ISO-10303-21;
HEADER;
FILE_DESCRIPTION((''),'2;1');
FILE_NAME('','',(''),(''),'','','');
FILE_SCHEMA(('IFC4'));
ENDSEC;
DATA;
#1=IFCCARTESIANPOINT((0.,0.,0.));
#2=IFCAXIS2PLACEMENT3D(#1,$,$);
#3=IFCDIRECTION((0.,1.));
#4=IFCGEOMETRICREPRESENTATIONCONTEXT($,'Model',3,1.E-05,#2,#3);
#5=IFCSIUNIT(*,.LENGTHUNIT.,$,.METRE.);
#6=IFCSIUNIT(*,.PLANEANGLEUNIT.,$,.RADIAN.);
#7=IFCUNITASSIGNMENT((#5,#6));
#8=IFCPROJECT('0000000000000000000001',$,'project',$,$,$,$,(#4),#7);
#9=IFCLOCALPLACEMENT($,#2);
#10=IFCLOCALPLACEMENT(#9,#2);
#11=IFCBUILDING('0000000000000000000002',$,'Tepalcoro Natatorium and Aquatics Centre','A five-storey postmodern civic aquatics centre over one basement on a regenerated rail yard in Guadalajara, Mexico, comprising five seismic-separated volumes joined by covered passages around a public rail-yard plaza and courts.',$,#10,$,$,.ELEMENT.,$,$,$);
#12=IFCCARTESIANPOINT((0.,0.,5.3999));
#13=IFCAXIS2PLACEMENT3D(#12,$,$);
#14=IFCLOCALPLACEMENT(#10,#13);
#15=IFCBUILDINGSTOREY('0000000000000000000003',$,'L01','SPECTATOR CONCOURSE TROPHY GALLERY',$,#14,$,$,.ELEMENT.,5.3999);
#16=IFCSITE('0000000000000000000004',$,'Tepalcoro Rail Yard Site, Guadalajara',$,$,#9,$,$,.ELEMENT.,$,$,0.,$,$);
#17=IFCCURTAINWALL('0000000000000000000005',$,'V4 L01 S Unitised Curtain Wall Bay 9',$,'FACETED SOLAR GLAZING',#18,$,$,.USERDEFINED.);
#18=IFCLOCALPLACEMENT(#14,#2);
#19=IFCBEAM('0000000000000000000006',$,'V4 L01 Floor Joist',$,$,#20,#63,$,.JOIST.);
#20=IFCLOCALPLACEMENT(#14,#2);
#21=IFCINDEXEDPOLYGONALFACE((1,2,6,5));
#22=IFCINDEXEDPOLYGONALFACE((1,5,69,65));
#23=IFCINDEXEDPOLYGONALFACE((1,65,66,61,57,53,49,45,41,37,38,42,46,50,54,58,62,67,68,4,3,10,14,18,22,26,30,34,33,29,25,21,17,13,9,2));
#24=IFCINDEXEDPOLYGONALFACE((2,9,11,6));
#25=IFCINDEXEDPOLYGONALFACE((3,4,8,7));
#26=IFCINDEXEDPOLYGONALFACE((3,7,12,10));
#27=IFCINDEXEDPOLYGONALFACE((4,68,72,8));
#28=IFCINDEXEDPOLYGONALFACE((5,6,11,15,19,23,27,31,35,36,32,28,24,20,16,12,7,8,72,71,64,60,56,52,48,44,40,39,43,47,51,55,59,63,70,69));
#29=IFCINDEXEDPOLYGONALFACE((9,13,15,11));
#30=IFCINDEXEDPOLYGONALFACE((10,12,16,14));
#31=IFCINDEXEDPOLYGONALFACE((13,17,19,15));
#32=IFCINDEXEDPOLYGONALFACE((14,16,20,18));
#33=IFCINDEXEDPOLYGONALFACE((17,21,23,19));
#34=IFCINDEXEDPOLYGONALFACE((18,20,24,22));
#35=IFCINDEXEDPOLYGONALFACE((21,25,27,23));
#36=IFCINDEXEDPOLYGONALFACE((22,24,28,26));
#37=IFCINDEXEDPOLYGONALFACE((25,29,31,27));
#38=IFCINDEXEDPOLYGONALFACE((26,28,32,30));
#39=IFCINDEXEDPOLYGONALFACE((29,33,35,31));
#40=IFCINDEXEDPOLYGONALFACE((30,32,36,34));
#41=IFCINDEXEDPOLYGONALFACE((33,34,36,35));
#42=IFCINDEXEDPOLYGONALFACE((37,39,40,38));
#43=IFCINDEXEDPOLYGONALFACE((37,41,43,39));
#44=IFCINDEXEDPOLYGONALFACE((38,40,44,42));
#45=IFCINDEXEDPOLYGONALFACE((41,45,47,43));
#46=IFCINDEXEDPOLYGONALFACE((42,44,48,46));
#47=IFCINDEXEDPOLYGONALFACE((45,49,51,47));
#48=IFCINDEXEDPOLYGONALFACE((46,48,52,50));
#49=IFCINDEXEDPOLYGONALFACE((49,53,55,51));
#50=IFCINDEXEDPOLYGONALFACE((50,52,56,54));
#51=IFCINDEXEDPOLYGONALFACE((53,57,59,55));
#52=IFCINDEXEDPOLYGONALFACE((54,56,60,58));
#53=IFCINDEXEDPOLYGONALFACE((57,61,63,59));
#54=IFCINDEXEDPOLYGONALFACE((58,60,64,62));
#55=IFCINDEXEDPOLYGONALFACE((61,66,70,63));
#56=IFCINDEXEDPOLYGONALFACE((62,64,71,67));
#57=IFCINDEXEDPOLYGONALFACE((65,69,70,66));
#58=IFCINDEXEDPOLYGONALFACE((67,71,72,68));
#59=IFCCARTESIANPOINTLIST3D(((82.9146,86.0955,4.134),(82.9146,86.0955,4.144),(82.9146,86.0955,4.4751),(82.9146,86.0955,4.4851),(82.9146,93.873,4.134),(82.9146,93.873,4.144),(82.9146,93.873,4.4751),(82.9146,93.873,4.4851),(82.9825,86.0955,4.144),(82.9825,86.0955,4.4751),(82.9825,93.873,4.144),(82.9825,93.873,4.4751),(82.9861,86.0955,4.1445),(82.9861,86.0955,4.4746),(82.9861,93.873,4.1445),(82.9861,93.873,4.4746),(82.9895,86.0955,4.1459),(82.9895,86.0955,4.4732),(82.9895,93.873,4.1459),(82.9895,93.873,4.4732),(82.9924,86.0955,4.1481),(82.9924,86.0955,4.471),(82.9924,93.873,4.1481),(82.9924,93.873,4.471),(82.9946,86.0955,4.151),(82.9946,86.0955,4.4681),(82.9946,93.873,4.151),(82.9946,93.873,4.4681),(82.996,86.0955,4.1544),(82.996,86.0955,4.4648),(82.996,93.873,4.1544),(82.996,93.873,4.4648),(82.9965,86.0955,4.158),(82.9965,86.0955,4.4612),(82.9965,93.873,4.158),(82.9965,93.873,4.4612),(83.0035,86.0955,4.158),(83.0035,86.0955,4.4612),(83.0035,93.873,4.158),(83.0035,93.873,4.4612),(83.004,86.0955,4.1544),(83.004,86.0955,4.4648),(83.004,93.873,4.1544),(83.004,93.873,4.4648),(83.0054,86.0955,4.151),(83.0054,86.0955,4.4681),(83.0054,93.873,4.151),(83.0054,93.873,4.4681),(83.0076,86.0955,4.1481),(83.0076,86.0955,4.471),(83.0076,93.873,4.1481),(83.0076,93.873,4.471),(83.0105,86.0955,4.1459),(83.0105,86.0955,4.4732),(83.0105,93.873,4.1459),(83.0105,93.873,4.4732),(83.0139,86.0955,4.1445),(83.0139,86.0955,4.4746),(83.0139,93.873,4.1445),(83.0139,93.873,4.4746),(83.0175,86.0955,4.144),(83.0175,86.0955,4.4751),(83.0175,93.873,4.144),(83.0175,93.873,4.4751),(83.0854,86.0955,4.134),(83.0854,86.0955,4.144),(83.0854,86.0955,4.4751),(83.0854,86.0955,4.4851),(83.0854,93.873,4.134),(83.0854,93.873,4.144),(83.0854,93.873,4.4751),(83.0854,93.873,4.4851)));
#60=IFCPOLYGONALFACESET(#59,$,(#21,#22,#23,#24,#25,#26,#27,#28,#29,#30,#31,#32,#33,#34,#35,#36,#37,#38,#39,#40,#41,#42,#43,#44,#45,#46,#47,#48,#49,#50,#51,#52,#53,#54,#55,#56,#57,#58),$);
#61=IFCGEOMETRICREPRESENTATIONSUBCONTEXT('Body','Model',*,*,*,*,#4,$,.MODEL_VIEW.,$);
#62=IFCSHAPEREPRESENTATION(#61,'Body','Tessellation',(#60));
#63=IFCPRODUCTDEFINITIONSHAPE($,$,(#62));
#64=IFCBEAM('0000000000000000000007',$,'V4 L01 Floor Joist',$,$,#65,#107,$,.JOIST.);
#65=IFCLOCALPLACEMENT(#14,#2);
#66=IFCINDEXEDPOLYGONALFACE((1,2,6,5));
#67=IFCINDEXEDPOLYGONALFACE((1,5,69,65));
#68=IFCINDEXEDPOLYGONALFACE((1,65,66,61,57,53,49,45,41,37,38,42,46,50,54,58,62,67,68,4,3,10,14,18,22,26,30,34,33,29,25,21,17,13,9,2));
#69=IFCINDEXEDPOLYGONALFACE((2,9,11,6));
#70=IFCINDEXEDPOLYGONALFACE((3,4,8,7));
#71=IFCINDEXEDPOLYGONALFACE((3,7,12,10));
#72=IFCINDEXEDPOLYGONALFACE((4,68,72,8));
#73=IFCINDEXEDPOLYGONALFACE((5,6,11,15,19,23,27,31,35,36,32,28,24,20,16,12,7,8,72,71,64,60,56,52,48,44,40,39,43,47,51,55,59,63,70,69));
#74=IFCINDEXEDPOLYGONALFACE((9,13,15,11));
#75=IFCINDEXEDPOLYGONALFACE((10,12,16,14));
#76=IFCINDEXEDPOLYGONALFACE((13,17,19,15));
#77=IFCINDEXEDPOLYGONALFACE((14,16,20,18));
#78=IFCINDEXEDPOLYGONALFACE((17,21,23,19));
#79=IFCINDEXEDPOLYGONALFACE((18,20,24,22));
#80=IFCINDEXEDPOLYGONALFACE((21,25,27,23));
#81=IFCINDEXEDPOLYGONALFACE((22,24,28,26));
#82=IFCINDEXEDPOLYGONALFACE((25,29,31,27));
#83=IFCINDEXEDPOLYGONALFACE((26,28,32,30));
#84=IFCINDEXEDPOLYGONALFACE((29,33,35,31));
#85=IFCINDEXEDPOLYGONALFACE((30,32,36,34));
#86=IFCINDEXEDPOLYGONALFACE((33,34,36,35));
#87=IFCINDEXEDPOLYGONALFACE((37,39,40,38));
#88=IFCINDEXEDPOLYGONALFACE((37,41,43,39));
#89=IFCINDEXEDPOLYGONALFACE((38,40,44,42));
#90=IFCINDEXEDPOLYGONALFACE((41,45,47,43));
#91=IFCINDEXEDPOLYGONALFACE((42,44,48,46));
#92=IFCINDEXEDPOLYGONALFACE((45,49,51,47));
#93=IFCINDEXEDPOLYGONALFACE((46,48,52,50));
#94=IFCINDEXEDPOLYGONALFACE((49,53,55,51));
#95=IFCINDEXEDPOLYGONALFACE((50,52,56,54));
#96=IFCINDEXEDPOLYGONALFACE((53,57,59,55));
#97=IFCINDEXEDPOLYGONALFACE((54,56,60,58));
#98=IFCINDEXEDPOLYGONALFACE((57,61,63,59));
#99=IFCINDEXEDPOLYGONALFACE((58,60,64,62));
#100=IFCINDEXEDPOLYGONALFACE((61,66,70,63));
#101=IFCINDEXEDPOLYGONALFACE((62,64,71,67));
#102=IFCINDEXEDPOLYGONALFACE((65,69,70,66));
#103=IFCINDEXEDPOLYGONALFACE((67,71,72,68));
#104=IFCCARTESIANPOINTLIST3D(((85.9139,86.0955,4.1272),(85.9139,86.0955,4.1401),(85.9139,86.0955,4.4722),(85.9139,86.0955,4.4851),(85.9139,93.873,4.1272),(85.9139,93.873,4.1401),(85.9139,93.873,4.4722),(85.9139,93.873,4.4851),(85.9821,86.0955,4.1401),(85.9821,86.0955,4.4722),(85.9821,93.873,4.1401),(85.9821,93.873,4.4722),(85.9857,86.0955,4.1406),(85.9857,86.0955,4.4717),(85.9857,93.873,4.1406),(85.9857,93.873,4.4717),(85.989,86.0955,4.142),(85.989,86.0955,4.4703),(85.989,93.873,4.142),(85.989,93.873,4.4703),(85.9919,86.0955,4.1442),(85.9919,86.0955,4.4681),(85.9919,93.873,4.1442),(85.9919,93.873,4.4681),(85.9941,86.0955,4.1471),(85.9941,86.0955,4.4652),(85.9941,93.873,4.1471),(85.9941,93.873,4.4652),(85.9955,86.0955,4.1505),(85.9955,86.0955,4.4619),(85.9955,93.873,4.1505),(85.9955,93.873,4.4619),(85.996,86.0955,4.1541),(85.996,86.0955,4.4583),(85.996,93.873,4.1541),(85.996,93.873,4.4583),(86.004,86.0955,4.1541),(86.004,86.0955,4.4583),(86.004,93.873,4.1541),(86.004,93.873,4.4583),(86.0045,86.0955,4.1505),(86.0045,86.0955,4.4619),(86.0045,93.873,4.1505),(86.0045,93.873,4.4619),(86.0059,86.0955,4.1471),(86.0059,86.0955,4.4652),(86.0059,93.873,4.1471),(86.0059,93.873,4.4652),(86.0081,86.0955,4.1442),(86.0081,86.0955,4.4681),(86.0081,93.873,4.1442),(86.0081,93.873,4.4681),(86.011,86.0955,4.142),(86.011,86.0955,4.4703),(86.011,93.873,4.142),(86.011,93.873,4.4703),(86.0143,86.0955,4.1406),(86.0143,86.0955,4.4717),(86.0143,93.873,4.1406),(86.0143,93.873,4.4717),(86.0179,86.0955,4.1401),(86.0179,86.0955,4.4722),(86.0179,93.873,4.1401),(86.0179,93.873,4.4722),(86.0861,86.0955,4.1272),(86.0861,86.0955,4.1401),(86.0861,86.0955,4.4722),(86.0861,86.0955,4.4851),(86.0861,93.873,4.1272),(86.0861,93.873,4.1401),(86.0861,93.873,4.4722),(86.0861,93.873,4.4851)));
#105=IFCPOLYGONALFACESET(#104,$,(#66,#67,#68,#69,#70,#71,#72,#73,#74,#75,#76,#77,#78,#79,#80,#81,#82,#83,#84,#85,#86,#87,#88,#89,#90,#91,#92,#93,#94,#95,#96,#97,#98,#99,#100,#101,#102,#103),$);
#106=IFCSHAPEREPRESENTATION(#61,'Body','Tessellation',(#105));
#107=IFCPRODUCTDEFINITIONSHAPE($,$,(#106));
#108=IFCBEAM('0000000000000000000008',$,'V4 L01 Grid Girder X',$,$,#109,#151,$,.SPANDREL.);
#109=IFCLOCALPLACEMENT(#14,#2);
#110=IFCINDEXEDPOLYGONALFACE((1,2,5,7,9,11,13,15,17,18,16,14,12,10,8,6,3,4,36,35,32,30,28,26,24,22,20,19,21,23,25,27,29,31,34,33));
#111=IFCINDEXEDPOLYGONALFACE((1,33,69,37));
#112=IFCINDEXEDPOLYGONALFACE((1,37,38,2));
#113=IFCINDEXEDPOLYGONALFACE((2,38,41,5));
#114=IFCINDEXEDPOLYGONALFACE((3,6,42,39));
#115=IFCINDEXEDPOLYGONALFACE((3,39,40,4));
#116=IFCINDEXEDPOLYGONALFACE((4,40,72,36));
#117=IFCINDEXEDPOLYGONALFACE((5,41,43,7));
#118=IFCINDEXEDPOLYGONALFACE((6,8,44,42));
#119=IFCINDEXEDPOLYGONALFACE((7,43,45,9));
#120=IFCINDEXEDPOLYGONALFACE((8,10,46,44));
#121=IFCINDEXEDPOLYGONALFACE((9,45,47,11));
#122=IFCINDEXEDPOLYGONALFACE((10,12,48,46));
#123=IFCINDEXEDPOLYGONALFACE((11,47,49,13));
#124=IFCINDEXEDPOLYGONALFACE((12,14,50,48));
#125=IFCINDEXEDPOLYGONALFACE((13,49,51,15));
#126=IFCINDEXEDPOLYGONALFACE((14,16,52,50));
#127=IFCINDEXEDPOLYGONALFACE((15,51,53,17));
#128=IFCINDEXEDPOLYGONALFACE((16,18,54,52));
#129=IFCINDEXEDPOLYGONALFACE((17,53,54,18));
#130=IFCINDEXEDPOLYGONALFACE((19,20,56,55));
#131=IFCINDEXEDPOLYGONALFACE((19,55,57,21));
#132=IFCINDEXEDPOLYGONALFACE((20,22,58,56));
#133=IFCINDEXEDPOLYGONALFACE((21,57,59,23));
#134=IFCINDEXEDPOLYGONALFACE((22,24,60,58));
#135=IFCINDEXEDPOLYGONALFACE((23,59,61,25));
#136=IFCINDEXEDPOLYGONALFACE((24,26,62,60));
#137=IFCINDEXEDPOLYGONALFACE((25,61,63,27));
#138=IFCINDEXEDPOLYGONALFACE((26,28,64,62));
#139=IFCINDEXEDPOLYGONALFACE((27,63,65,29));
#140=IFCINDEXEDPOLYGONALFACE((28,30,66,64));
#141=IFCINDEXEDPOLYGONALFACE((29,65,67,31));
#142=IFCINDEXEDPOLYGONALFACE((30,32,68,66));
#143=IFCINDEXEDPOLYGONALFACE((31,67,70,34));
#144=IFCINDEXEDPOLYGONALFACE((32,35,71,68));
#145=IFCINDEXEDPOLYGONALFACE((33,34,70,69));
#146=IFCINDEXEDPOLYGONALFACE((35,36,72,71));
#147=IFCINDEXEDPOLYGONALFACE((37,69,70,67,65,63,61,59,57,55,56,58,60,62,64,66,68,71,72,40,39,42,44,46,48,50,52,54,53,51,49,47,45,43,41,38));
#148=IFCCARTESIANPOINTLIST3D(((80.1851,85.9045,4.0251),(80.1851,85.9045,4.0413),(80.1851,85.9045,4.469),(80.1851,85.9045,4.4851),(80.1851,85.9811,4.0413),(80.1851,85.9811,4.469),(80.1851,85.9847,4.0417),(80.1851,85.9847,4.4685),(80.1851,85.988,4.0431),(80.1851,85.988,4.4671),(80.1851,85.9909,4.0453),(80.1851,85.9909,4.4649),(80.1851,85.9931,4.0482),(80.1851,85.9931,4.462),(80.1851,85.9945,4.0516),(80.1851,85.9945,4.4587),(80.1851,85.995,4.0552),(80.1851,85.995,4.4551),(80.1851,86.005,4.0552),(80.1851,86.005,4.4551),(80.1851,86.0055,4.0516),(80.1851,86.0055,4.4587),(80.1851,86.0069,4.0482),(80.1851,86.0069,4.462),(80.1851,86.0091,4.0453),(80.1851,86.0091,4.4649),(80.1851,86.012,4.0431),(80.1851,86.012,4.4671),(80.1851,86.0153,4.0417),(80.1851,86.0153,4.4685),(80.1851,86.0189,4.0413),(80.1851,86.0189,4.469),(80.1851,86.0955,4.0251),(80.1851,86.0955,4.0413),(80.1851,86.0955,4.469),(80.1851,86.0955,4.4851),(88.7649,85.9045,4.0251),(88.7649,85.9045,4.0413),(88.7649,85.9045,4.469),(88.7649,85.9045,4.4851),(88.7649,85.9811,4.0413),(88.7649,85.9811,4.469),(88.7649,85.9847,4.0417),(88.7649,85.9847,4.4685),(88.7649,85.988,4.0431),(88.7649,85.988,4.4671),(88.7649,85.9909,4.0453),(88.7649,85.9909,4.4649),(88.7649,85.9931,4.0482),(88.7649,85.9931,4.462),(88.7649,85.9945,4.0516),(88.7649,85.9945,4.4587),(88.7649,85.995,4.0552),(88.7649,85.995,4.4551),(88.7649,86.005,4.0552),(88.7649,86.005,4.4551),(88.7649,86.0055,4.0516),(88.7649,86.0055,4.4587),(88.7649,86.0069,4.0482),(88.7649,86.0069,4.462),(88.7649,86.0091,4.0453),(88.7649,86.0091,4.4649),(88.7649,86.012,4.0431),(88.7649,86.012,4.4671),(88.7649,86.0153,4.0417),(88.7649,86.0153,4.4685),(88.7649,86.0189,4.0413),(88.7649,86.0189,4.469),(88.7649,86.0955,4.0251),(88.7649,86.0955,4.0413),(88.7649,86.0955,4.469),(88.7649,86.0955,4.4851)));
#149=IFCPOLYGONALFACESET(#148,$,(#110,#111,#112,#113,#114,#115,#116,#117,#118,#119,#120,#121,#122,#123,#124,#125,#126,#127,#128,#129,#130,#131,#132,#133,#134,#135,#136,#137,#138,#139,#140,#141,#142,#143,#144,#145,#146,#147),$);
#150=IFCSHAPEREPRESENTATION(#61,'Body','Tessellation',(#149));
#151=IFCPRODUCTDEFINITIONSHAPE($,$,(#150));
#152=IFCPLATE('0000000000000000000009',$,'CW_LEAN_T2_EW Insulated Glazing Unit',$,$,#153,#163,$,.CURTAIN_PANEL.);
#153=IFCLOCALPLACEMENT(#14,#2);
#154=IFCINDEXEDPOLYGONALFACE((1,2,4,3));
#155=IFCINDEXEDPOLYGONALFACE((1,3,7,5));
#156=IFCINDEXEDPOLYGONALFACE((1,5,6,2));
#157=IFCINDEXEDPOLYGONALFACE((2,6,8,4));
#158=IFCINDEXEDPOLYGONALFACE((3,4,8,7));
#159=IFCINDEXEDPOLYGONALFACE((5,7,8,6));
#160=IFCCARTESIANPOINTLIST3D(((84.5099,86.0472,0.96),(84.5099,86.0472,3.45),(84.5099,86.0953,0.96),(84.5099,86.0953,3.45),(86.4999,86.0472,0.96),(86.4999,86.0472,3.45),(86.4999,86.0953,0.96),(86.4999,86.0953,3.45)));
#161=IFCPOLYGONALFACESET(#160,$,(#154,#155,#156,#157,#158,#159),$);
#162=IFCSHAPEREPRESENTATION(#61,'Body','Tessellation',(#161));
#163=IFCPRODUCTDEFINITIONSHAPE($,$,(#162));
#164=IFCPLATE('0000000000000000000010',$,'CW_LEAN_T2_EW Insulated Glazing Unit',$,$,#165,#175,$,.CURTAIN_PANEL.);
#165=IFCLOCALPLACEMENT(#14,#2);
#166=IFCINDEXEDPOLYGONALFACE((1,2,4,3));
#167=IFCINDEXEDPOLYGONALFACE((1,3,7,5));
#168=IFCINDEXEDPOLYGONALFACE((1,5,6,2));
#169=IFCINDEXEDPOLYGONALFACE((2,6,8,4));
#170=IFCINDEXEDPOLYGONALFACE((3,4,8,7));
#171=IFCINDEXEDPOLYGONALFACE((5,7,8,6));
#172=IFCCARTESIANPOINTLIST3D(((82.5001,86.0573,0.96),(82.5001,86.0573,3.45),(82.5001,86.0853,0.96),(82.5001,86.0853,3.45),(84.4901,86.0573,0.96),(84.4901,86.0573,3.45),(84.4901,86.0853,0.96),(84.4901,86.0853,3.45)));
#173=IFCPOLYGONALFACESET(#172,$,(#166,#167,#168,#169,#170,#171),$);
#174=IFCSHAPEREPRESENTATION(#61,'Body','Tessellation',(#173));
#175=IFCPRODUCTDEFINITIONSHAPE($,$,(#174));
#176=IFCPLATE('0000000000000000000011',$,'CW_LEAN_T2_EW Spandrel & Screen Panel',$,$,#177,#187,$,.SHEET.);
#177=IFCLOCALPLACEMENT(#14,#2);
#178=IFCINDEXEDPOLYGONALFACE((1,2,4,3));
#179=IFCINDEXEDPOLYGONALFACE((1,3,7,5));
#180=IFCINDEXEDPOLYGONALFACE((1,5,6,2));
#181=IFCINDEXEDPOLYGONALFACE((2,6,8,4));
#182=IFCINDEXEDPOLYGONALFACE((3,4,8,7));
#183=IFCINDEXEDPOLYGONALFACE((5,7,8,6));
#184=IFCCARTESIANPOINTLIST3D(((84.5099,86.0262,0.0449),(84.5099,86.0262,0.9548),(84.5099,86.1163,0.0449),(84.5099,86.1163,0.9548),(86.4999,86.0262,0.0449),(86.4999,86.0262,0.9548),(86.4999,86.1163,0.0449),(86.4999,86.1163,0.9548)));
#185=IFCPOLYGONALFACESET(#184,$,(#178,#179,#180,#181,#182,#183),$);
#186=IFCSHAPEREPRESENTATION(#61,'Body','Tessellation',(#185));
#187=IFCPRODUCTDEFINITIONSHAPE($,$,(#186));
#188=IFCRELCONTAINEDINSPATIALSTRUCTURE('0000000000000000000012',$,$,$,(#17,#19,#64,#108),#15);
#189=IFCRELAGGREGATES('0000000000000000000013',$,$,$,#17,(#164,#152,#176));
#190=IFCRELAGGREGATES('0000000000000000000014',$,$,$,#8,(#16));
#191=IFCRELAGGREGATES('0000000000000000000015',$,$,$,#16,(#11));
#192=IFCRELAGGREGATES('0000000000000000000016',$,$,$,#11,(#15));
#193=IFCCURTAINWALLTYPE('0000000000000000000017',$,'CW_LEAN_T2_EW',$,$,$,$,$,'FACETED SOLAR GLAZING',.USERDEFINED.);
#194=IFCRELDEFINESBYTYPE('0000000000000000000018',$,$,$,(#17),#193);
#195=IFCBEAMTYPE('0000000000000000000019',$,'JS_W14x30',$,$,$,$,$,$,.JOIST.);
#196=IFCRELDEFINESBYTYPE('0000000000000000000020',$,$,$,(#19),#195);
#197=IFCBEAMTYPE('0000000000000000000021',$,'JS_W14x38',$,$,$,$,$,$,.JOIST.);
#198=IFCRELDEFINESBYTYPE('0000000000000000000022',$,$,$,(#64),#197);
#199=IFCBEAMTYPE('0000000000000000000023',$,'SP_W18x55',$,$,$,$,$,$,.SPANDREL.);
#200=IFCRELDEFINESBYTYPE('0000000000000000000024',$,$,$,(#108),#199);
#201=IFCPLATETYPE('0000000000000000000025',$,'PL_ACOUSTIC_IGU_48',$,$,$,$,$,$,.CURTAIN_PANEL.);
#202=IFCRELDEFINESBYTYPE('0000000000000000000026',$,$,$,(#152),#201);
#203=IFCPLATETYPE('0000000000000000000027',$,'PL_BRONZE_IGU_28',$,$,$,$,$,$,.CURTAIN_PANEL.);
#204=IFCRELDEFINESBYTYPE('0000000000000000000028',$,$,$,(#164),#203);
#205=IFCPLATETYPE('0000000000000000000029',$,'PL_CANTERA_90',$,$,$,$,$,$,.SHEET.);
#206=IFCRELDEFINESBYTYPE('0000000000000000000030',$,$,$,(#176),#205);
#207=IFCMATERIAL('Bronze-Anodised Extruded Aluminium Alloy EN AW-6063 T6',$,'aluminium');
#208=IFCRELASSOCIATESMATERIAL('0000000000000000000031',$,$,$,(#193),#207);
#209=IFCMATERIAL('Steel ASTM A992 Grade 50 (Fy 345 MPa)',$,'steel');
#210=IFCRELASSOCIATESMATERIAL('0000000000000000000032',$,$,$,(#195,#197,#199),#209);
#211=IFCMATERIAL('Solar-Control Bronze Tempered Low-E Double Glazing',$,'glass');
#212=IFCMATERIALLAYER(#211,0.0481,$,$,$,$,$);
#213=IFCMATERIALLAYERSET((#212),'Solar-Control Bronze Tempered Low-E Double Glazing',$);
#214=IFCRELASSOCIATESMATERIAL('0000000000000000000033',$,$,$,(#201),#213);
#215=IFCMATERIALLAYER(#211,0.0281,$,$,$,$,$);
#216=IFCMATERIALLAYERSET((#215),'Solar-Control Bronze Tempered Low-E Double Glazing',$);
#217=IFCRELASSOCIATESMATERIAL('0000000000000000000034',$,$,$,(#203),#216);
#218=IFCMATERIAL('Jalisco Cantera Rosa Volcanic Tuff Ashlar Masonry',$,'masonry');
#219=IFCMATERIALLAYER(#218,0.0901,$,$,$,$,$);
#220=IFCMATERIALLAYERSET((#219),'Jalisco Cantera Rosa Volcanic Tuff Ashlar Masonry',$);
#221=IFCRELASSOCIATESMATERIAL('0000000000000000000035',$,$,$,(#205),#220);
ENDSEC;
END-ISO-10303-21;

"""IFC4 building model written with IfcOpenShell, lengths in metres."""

from ifc_helpers import new_model, si_unit, direction, frame, origin, origin_2d, place, context, subcontext, project, spatial, rectangle, i_section, extrude, material, layer, layer_set, material_profile, profile_set, type_object, element, aggregate, save


model = new_model("IFC4")

# Units and contexts
model_context = context("Model", 3, precision=1e-05, world=origin(), true_north=direction((0.0, 1.0)))
body_context = subcontext(model_context, "Body", "Model", "MODEL_VIEW")
ifc_project = project(units=[si_unit("LENGTHUNIT", "METRE"), si_unit("PLANEANGLEUNIT", "RADIAN")], contexts=[model_context])

# Site, building, storey
site_placement = place(None, origin())
site = spatial("IfcSite", under=ifc_project, at=site_placement, Name="Tepalcoro Rail Yard Site, Guadalajara", CompositionType="ELEMENT", RefElevation=0.0)
building_placement = place(site_placement, origin())
building = spatial("IfcBuilding", under=site, at=building_placement, Name="Tepalcoro Natatorium and Aquatics Centre", Description="A five-storey postmodern civic aquatics centre over one basement on a regenerated rail yard in Guadalajara, Mexico, comprising five seismic-separated volumes joined by covered passages around a public rail-yard plaza and courts.", CompositionType="ELEMENT")
storey_placement = place(building_placement, frame((0.0, 0.0, 5.3999)))
storey = spatial("IfcBuildingStorey", under=building, at=storey_placement, Name="L01", Description="SPECTATOR CONCOURSE TROPHY GALLERY", CompositionType="ELEMENT", Elevation=5.3999)

# Curtain wall
ifc_material_1 = material(Name="Bronze-Anodised Extruded Aluminium Alloy EN AW-6063 T6", Category="aluminium")
curtain_wall_type = type_object("IfcCurtainWallType", Name="CW_LEAN_T2_EW", ElementType="FACETED SOLAR GLAZING", PredefinedType="USERDEFINED", material=ifc_material_1)
curtain_wall_placement = place(storey_placement, origin())
curtain_wall = element("IfcCurtainWall", 1, at=curtain_wall_placement, inside=storey, type_object=curtain_wall_type, Name="V4 L01 S Unitised Curtain Wall Bay 9", ObjectType="FACETED SOLAR GLAZING", PredefinedType="USERDEFINED")

# Beams
ifc_material_2 = material(Name="Steel ASTM A992 Grade 50 (Fy 345 MPa)", Category="steel")
ifc_material_profile_1 = material_profile(ifc_material_2, i_section(OverallWidth=0.1709, OverallDepth=0.3511, WebThickness=0.0071, FlangeThickness=0.01, FilletRadius=0.0139, at=origin_2d()), Name="W14X30")
ifc_profile_set_1 = profile_set([ifc_material_profile_1], Name="Steel ASTM A992 Grade 50 (Fy 345 MPa)")
beam_type_1 = type_object("IfcBeamType", Name="JS_W14x30", PredefinedType="JOIST", material=ifc_profile_set_1)
beam_1_placement = place(storey_placement, frame((83.0, 86.0955, 4.3096), z_axis=(0.0, 1.0, 0.0), x_axis=(-1.0, 0.0, 0.0)))
element("IfcBeam", 2, at=beam_1_placement, inside=storey, type_object=beam_type_1, Name="V4 L01 Floor Joist", PredefinedType="JOIST", context=body_context, shape_type="SweptSolid", body=[
    extrude(i_section(OverallWidth=0.1709, OverallDepth=0.3511, WebThickness=0.0071, FlangeThickness=0.01, FilletRadius=0.0139, at=origin_2d()), origin(), (0.0, 0.0, 1.0), 7.7776),
])
ifc_material_profile_2 = material_profile(ifc_material_2, i_section(OverallWidth=0.1721, OverallDepth=0.3579, WebThickness=0.0081, FlangeThickness=0.0129, FilletRadius=0.0139, at=origin_2d()), Name="W14X38")
ifc_profile_set_2 = profile_set([ifc_material_profile_2], Name="Steel ASTM A992 Grade 50 (Fy 345 MPa)")
beam_type_2 = type_object("IfcBeamType", Name="JS_W14x38", PredefinedType="JOIST", material=ifc_profile_set_2)
beam_2_placement = place(storey_placement, frame((86.0, 86.0955, 4.3062), z_axis=(0.0, 1.0, 0.0), x_axis=(-1.0, 0.0, 0.0)))
element("IfcBeam", 3, at=beam_2_placement, inside=storey, type_object=beam_type_2, Name="V4 L01 Floor Joist", PredefinedType="JOIST", context=body_context, shape_type="SweptSolid", body=[
    extrude(i_section(OverallWidth=0.1721, OverallDepth=0.3579, WebThickness=0.0081, FlangeThickness=0.0129, FilletRadius=0.0139, at=origin_2d()), origin(), (0.0, 0.0, 1.0), 7.7776),
])
ifc_material_profile_3 = material_profile(ifc_material_2, i_section(OverallWidth=0.1909, OverallDepth=0.46, WebThickness=0.01, FlangeThickness=0.0161, FilletRadius=0.0139, at=origin_2d()), Name="W18X55")
ifc_profile_set_3 = profile_set([ifc_material_profile_3], Name="Steel ASTM A992 Grade 50 (Fy 345 MPa)")
beam_type_3 = type_object("IfcBeamType", Name="SP_W18x55", PredefinedType="SPANDREL", material=ifc_profile_set_3)
beam_3_placement = place(storey_placement, frame((80.1851, 86.0, 4.2551), z_axis=(1.0, 0.0, 0.0), x_axis=(0.0, 1.0, 0.0)))
element("IfcBeam", 4, at=beam_3_placement, inside=storey, type_object=beam_type_3, Name="V4 L01 Grid Girder X", PredefinedType="SPANDREL", context=body_context, shape_type="SweptSolid", body=[
    extrude(i_section(OverallWidth=0.1909, OverallDepth=0.46, WebThickness=0.01, FlangeThickness=0.0161, FilletRadius=0.0139, at=origin_2d()), origin(), (0.0, 0.0, 1.0), 8.5798),
])

# Plates
ifc_material_3 = material(Name="Solar-Control Bronze Tempered Low-E Double Glazing", Category="glass")
ifc_layer_1 = layer(ifc_material_3, 0.0481)
ifc_layer_set_1 = layer_set([ifc_layer_1], Name="Solar-Control Bronze Tempered Low-E Double Glazing")
plate_type_1 = type_object("IfcPlateType", Name="PL_ACOUSTIC_IGU_48", PredefinedType="CURTAIN_PANEL", material=ifc_layer_set_1)
plate_1_placement = place(storey_placement, frame((85.5049, 86.0713, 0.96), z_axis=(0.0, 0.0, 1.0), x_axis=(1.0, 0.0, 0.0)))
plate_1 = element("IfcPlate", 5, at=plate_1_placement, type_object=plate_type_1, Name="CW_LEAN_T2_EW Insulated Glazing Unit", PredefinedType="CURTAIN_PANEL", context=body_context, shape_type="SweptSolid", body=[
    extrude(rectangle(XDim=1.99, YDim=0.0481, at=origin_2d()), origin(), (0.0, 0.0, 1.0), 2.49),
])
ifc_layer_2 = layer(ifc_material_3, 0.0281)
ifc_layer_set_2 = layer_set([ifc_layer_2], Name="Solar-Control Bronze Tempered Low-E Double Glazing")
plate_type_2 = type_object("IfcPlateType", Name="PL_BRONZE_IGU_28", PredefinedType="CURTAIN_PANEL", material=ifc_layer_set_2)
plate_2_placement = place(storey_placement, frame((83.4951, 86.0713, 0.96), z_axis=(0.0, 0.0, 1.0), x_axis=(1.0, 0.0, 0.0)))
plate_2 = element("IfcPlate", 6, at=plate_2_placement, type_object=plate_type_2, Name="CW_LEAN_T2_EW Insulated Glazing Unit", PredefinedType="CURTAIN_PANEL", context=body_context, shape_type="SweptSolid", body=[
    extrude(rectangle(XDim=1.99, YDim=0.0281, at=origin_2d()), origin(), (0.0, 0.0, 1.0), 2.49),
])
ifc_material_4 = material(Name="Jalisco Cantera Rosa Volcanic Tuff Ashlar Masonry", Category="masonry")
ifc_layer_3 = layer(ifc_material_4, 0.0901)
ifc_layer_set_3 = layer_set([ifc_layer_3], Name="Jalisco Cantera Rosa Volcanic Tuff Ashlar Masonry")
plate_type_3 = type_object("IfcPlateType", Name="PL_CANTERA_90", PredefinedType="SHEET", material=ifc_layer_set_3)
plate_3_placement = place(storey_placement, frame((85.5049, 86.0713, 0.0449), z_axis=(0.0, 0.0, 1.0), x_axis=(1.0, 0.0, 0.0)))
plate_3 = element("IfcPlate", 7, at=plate_3_placement, type_object=plate_type_3, Name="CW_LEAN_T2_EW Spandrel & Screen Panel", PredefinedType="SHEET", context=body_context, shape_type="SweptSolid", body=[
    extrude(rectangle(XDim=1.99, YDim=0.0901, at=origin_2d()), origin(), (0.0, 0.0, 1.0), 0.9099),
])
aggregate(curtain_wall, [plate_2, plate_1, plate_3])

save(model, "model.ifc")
